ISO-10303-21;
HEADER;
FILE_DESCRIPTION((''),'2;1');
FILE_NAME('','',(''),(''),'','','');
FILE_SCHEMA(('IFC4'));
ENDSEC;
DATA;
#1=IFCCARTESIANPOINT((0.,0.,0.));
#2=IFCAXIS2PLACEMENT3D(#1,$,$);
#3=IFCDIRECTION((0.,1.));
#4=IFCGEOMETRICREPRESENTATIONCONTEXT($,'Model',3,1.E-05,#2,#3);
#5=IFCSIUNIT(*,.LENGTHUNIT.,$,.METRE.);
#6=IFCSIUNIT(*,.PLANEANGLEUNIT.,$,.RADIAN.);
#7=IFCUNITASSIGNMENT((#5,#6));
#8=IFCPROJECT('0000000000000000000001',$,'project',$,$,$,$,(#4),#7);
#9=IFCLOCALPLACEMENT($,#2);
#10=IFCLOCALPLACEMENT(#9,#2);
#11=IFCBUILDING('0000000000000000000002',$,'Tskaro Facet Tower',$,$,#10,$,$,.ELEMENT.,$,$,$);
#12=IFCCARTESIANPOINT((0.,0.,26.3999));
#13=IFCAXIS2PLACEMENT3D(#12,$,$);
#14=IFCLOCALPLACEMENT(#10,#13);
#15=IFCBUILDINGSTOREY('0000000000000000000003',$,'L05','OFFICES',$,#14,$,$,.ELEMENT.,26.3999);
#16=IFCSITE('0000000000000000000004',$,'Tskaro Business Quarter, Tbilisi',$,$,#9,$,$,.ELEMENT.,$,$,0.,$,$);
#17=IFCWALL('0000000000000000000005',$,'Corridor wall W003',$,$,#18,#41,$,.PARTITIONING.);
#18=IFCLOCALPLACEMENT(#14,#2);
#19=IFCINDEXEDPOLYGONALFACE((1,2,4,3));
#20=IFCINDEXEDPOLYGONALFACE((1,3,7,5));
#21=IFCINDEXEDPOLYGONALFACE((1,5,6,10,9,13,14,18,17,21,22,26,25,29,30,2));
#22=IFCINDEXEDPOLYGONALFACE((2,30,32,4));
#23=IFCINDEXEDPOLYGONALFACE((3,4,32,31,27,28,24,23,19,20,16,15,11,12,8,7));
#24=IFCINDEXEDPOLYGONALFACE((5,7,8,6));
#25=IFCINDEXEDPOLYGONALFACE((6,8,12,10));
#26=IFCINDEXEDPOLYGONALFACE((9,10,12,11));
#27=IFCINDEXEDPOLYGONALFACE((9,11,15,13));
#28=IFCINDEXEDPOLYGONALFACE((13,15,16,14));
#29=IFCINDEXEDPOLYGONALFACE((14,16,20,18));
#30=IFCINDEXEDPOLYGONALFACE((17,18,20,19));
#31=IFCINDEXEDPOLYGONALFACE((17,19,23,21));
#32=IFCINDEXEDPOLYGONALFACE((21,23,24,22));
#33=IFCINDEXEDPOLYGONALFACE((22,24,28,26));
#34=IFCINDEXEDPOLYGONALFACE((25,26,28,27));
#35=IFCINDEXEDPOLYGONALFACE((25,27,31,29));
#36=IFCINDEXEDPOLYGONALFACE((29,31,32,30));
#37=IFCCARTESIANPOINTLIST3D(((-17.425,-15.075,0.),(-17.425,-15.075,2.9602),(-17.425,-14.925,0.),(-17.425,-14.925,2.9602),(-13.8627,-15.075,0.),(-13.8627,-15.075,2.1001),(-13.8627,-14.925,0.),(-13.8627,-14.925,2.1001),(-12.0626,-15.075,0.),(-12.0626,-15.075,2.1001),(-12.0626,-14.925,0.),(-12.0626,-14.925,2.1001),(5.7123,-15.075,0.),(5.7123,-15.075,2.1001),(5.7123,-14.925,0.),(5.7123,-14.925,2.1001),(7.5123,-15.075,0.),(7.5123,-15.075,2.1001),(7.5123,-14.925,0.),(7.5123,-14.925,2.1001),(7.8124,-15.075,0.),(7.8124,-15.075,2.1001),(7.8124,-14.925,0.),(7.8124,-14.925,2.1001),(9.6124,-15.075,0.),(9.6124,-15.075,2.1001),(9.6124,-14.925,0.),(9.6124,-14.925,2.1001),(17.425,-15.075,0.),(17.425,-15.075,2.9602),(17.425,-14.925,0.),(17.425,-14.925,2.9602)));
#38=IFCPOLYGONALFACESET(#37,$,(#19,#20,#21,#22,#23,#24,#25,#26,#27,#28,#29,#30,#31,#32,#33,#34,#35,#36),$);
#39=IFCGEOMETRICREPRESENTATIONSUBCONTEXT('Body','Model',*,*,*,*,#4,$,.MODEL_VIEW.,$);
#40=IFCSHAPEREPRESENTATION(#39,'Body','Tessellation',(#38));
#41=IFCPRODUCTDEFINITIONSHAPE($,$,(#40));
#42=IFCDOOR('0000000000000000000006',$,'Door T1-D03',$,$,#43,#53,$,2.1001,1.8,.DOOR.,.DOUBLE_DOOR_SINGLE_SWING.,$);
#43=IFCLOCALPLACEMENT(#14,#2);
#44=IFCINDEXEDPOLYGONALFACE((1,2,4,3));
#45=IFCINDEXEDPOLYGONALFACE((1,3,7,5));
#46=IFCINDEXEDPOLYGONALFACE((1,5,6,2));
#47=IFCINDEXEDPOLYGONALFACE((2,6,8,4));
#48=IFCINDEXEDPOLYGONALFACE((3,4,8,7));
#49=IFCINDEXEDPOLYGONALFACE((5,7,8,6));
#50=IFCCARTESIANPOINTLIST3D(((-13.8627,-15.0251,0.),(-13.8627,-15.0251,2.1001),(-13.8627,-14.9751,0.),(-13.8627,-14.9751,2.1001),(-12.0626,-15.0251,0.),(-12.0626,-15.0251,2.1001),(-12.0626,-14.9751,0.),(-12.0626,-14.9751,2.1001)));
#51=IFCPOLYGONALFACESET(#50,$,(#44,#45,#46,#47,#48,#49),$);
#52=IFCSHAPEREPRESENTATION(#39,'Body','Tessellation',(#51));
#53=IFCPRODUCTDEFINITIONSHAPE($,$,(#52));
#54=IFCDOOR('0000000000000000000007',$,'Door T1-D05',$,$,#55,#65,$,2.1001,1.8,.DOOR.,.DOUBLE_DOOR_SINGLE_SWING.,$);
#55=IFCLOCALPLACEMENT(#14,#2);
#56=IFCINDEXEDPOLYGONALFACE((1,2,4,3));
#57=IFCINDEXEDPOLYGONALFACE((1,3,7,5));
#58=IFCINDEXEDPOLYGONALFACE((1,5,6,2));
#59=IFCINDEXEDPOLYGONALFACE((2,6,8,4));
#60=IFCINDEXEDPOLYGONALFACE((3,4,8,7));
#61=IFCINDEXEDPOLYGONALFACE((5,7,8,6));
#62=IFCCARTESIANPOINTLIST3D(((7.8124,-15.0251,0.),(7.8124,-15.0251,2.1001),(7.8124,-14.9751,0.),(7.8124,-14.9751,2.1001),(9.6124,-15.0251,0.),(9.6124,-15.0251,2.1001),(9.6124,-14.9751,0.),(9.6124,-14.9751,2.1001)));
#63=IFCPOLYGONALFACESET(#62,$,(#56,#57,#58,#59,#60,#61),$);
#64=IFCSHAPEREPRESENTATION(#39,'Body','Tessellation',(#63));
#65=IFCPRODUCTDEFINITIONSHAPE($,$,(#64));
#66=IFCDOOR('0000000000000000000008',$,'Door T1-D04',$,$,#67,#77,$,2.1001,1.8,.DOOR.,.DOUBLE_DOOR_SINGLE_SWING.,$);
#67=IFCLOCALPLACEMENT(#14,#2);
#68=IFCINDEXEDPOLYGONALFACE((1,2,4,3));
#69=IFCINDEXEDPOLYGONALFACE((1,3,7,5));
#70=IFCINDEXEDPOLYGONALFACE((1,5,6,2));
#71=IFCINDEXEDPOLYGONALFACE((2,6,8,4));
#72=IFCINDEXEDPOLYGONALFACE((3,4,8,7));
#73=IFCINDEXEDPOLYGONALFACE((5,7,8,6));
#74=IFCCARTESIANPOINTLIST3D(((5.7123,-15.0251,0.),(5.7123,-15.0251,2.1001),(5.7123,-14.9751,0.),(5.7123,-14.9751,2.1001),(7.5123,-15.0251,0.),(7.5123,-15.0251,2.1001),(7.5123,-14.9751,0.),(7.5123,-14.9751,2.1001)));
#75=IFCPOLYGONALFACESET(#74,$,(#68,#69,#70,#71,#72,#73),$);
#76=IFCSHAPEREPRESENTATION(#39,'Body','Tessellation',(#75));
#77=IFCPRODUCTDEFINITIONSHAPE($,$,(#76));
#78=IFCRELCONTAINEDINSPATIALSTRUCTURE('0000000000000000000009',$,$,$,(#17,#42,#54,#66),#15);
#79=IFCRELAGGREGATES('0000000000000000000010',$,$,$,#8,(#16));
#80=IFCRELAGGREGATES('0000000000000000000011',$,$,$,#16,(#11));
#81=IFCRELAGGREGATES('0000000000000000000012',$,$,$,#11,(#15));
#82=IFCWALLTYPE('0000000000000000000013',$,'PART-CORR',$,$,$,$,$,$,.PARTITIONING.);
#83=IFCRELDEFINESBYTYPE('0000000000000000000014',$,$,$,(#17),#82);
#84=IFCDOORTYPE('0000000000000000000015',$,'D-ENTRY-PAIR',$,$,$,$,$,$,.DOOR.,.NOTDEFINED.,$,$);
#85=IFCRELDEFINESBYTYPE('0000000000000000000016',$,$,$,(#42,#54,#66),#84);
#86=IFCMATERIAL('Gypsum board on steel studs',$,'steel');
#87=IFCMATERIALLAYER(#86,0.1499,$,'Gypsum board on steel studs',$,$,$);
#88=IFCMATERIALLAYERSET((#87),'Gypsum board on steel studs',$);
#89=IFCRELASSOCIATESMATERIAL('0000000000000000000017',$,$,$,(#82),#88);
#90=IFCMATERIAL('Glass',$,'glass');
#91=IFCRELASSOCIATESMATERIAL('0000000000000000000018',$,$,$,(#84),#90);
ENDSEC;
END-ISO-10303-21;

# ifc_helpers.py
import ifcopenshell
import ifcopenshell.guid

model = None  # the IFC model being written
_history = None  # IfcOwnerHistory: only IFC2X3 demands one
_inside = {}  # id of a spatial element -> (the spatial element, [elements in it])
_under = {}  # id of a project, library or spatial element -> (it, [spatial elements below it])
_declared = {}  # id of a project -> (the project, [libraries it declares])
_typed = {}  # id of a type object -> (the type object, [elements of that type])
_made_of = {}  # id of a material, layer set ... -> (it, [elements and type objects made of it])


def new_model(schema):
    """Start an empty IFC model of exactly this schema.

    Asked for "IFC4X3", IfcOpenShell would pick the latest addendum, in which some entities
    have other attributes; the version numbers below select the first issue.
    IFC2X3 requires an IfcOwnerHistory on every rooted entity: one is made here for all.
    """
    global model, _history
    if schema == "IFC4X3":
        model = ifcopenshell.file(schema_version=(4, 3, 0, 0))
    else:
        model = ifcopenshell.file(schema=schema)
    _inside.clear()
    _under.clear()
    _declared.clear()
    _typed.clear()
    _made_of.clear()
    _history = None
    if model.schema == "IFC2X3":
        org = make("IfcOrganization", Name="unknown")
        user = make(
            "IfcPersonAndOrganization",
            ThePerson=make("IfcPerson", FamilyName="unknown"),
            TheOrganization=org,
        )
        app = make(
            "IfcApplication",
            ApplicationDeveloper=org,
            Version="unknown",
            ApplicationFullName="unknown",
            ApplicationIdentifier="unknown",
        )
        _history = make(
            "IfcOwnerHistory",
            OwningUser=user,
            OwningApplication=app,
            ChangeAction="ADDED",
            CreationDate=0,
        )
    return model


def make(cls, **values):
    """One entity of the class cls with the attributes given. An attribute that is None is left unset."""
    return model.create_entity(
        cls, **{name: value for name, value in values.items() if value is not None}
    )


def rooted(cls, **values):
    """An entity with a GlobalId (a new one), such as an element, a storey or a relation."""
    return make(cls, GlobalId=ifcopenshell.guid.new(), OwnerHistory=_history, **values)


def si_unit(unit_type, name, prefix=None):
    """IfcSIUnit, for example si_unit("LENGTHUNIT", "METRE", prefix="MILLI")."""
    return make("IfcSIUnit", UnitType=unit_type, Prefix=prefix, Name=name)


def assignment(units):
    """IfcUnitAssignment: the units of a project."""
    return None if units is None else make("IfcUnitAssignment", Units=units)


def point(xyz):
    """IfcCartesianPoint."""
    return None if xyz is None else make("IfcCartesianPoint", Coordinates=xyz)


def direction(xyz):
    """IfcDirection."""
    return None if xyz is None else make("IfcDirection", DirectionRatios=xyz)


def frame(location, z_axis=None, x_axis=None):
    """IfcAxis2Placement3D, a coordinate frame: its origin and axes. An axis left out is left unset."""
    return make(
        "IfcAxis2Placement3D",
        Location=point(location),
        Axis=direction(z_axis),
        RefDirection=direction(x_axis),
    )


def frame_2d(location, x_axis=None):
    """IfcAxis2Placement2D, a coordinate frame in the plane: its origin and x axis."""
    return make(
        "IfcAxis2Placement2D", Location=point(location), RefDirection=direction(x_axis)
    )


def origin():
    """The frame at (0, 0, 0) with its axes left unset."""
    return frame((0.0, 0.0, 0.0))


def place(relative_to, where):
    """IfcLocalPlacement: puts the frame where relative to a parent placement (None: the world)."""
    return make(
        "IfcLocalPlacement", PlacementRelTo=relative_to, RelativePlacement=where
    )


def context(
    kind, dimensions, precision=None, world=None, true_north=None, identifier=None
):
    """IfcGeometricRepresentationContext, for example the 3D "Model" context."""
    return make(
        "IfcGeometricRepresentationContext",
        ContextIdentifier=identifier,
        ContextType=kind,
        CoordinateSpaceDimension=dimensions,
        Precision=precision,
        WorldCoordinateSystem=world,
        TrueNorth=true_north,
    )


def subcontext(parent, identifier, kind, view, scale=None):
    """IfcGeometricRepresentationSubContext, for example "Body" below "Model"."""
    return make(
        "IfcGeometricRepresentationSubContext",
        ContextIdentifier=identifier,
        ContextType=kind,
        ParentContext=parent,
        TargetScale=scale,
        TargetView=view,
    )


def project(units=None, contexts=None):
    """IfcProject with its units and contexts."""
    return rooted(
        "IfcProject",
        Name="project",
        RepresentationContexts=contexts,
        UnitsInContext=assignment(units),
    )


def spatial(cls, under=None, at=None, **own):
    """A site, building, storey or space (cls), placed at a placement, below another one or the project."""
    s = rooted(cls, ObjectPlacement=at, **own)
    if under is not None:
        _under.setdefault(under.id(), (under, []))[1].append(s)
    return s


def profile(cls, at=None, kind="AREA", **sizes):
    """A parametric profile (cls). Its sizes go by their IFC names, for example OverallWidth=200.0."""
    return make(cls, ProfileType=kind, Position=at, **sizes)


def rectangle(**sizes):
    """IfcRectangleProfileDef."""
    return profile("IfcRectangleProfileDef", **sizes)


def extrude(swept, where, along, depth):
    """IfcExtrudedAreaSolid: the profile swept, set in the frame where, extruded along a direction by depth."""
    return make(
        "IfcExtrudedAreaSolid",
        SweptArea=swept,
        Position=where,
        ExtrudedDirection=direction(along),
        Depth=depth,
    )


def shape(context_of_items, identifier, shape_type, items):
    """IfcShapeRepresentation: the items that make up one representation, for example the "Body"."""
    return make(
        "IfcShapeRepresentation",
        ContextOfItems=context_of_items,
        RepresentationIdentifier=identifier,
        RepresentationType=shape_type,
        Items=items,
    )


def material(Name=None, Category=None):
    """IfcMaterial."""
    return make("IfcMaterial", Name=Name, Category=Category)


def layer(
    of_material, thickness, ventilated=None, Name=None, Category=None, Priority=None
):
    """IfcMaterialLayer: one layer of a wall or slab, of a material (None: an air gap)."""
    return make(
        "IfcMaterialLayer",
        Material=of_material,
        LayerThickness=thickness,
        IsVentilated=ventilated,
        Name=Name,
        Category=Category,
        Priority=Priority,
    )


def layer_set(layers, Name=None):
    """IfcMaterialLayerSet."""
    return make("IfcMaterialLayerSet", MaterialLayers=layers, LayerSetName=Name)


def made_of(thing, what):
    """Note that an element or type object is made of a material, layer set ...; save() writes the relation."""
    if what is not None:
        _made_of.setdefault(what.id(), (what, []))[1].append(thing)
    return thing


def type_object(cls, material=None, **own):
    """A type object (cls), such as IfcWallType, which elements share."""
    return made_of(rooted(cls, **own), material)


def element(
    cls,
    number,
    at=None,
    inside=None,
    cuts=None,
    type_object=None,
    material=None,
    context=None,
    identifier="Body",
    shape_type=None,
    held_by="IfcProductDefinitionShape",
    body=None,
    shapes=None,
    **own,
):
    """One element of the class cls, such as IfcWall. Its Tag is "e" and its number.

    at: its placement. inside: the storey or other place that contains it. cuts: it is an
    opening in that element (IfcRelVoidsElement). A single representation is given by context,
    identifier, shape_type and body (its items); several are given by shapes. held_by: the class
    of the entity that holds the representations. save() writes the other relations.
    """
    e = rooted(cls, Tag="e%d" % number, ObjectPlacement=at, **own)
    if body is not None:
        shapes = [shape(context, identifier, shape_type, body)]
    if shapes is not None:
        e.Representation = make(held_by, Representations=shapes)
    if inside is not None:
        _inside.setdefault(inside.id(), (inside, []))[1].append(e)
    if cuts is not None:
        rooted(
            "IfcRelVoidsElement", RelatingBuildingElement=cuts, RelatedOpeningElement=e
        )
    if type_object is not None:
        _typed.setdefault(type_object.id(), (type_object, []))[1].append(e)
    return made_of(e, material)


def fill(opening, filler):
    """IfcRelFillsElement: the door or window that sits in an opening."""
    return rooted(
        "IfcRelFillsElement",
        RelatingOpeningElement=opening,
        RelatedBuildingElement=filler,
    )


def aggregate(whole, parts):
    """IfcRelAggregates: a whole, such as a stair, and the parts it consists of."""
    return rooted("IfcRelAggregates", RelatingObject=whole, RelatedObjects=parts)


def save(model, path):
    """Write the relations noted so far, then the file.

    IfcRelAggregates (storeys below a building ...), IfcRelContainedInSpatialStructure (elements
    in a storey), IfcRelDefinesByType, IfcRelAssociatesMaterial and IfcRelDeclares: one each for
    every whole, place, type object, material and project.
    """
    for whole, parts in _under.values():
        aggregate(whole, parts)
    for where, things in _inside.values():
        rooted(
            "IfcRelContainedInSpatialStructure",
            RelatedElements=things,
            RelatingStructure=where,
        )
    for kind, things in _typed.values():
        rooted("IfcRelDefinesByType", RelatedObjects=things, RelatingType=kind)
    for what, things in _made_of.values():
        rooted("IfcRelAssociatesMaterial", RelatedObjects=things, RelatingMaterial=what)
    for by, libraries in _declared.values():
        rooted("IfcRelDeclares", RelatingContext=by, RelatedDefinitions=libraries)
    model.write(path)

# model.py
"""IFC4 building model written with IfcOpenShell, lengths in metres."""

from ifc_helpers import new_model, si_unit, direction, frame, frame_2d, origin, place, context, subcontext, project, spatial, rectangle, extrude, material, layer, layer_set, type_object, element, fill, save


model = new_model("IFC4")

# Units and contexts
model_context = context("Model", 3, precision=1e-05, world=origin(), true_north=direction((0.0, 1.0)))
body_context = subcontext(model_context, "Body", "Model", "MODEL_VIEW")
ifc_project = project(units=[si_unit("LENGTHUNIT", "METRE"), si_unit("PLANEANGLEUNIT", "RADIAN")], contexts=[model_context])

# Site, building, storey
site_placement = place(None, origin())
site = spatial("IfcSite", under=ifc_project, at=site_placement, Name="Tskaro Business Quarter, Tbilisi", CompositionType="ELEMENT", RefElevation=0.0)
building_placement = place(site_placement, origin())
building = spatial("IfcBuilding", under=site, at=building_placement, Name="Tskaro Facet Tower", CompositionType="ELEMENT")
storey_placement = place(building_placement, frame((0.0, 0.0, 26.3999)))
storey = spatial("IfcBuildingStorey", under=building, at=storey_placement, Name="L05", Description="OFFICES", CompositionType="ELEMENT", Elevation=26.3999)

# Shared definitions
ifc_material_1 = material(Name="Gypsum board on steel studs", Category="steel")

# Wall, openings, doors
ifc_layer_1 = layer(ifc_material_1, 0.1499, Name="Gypsum board on steel studs")
ifc_layer_set_1 = layer_set([ifc_layer_1], Name="Gypsum board on steel studs")
wall_type_1 = type_object("IfcWallType", Name="PART-CORR", PredefinedType="PARTITIONING", material=ifc_layer_set_1)
wall_1_placement = place(storey_placement, frame((-17.425, -15.0, 0.0), z_axis=(0.0, 0.0, 1.0), x_axis=(1.0, 0.0, 0.0)))
wall_1 = element("IfcWall", 1, at=wall_1_placement, inside=storey, type_object=wall_type_1, Name="Corridor wall W003", PredefinedType="PARTITIONING", context=body_context, shape_type="SweptSolid", body=[
    extrude(rectangle(XDim=34.8501, YDim=0.1499, at=frame_2d((17.425, 0.0))), origin(), (0.0, 0.0, 1.0), 2.9602),
])
opening_1_placement = place(wall_1_placement, frame((3.5625, 0.0, 0.0)))
opening_1 = element("IfcOpeningElement", 2, at=opening_1_placement, cuts=wall_1, PredefinedType="OPENING", context=body_context, shape_type="SweptSolid", body=[
    extrude(rectangle(XDim=1.8, YDim=2.1001, at=frame_2d((0.8999, 1.05))), frame((0.0, 0.085, 0.0), z_axis=(0.0, -1.0, 0.0), x_axis=(1.0, 0.0, 0.0)), (0.0, 0.0, 1.0), 0.1699),
])
opening_2_placement = place(wall_1_placement, frame((25.2375, 0.0, 0.0)))
opening_2 = element("IfcOpeningElement", 3, at=opening_2_placement, cuts=wall_1, PredefinedType="OPENING", context=body_context, shape_type="SweptSolid", body=[
    extrude(rectangle(XDim=1.8, YDim=2.1001, at=frame_2d((0.8999, 1.05))), frame((0.0, 0.085, 0.0), z_axis=(0.0, -1.0, 0.0), x_axis=(1.0, 0.0, 0.0)), (0.0, 0.0, 1.0), 0.1699),
])
opening_3_placement = place(wall_1_placement, frame((23.1375, 0.0, 0.0)))
opening_3 = element("IfcOpeningElement", 4, at=opening_3_placement, cuts=wall_1, PredefinedType="OPENING", context=body_context, shape_type="SweptSolid", body=[
    extrude(rectangle(XDim=1.8, YDim=2.1001, at=frame_2d((0.8999, 1.05))), frame((0.0, 0.085, 0.0), z_axis=(0.0, -1.0, 0.0), x_axis=(1.0, 0.0, 0.0)), (0.0, 0.0, 1.0), 0.1699),
])
ifc_material_2 = material(Name="Glass", Category="glass")
door_type_1 = type_object("IfcDoorType", Name="D-ENTRY-PAIR", OperationType="NOTDEFINED", PredefinedType="DOOR", material=ifc_material_2)
door_1_placement = place(opening_1_placement, origin())
door_1 = element("IfcDoor", 5, at=door_1_placement, inside=storey, type_object=door_type_1, Name="Door T1-D03", OperationType="DOUBLE_DOOR_SINGLE_SWING", OverallHeight=2.1001, OverallWidth=1.8, PredefinedType="DOOR", context=body_context, shape_type="SweptSolid", body=[
    extrude(rectangle(XDim=1.8, YDim=2.1001, at=frame_2d((0.8999, 1.05))), frame((0.0, 0.0249, 0.0), z_axis=(0.0, -1.0, 0.0), x_axis=(1.0, 0.0, 0.0)), (0.0, 0.0, 1.0), 0.05),
])
fill(opening_1, door_1)
door_2_placement = place(opening_2_placement, origin())
door_2 = element("IfcDoor", 6, at=door_2_placement, inside=storey, type_object=door_type_1, Name="Door T1-D05", OperationType="DOUBLE_DOOR_SINGLE_SWING", OverallHeight=2.1001, OverallWidth=1.8, PredefinedType="DOOR", context=body_context, shape_type="SweptSolid", body=[
    extrude(rectangle(XDim=1.8, YDim=2.1001, at=frame_2d((0.8999, 1.05))), frame((0.0, 0.0249, 0.0), z_axis=(0.0, -1.0, 0.0), x_axis=(1.0, 0.0, 0.0)), (0.0, 0.0, 1.0), 0.05),
])
fill(opening_2, door_2)
door_3_placement = place(opening_3_placement, origin())
door_3 = element("IfcDoor", 7, at=door_3_placement, inside=storey, type_object=door_type_1, Name="Door T1-D04", OperationType="DOUBLE_DOOR_SINGLE_SWING", OverallHeight=2.1001, OverallWidth=1.8, PredefinedType="DOOR", context=body_context, shape_type="SweptSolid", body=[
    extrude(rectangle(XDim=1.8, YDim=2.1001, at=frame_2d((0.8999, 1.05))), frame((0.0, 0.0249, 0.0), z_axis=(0.0, -1.0, 0.0), x_axis=(1.0, 0.0, 0.0)), (0.0, 0.0, 1.0), 0.05),
])
fill(opening_3, door_3)

save(model, "model.ifc")
